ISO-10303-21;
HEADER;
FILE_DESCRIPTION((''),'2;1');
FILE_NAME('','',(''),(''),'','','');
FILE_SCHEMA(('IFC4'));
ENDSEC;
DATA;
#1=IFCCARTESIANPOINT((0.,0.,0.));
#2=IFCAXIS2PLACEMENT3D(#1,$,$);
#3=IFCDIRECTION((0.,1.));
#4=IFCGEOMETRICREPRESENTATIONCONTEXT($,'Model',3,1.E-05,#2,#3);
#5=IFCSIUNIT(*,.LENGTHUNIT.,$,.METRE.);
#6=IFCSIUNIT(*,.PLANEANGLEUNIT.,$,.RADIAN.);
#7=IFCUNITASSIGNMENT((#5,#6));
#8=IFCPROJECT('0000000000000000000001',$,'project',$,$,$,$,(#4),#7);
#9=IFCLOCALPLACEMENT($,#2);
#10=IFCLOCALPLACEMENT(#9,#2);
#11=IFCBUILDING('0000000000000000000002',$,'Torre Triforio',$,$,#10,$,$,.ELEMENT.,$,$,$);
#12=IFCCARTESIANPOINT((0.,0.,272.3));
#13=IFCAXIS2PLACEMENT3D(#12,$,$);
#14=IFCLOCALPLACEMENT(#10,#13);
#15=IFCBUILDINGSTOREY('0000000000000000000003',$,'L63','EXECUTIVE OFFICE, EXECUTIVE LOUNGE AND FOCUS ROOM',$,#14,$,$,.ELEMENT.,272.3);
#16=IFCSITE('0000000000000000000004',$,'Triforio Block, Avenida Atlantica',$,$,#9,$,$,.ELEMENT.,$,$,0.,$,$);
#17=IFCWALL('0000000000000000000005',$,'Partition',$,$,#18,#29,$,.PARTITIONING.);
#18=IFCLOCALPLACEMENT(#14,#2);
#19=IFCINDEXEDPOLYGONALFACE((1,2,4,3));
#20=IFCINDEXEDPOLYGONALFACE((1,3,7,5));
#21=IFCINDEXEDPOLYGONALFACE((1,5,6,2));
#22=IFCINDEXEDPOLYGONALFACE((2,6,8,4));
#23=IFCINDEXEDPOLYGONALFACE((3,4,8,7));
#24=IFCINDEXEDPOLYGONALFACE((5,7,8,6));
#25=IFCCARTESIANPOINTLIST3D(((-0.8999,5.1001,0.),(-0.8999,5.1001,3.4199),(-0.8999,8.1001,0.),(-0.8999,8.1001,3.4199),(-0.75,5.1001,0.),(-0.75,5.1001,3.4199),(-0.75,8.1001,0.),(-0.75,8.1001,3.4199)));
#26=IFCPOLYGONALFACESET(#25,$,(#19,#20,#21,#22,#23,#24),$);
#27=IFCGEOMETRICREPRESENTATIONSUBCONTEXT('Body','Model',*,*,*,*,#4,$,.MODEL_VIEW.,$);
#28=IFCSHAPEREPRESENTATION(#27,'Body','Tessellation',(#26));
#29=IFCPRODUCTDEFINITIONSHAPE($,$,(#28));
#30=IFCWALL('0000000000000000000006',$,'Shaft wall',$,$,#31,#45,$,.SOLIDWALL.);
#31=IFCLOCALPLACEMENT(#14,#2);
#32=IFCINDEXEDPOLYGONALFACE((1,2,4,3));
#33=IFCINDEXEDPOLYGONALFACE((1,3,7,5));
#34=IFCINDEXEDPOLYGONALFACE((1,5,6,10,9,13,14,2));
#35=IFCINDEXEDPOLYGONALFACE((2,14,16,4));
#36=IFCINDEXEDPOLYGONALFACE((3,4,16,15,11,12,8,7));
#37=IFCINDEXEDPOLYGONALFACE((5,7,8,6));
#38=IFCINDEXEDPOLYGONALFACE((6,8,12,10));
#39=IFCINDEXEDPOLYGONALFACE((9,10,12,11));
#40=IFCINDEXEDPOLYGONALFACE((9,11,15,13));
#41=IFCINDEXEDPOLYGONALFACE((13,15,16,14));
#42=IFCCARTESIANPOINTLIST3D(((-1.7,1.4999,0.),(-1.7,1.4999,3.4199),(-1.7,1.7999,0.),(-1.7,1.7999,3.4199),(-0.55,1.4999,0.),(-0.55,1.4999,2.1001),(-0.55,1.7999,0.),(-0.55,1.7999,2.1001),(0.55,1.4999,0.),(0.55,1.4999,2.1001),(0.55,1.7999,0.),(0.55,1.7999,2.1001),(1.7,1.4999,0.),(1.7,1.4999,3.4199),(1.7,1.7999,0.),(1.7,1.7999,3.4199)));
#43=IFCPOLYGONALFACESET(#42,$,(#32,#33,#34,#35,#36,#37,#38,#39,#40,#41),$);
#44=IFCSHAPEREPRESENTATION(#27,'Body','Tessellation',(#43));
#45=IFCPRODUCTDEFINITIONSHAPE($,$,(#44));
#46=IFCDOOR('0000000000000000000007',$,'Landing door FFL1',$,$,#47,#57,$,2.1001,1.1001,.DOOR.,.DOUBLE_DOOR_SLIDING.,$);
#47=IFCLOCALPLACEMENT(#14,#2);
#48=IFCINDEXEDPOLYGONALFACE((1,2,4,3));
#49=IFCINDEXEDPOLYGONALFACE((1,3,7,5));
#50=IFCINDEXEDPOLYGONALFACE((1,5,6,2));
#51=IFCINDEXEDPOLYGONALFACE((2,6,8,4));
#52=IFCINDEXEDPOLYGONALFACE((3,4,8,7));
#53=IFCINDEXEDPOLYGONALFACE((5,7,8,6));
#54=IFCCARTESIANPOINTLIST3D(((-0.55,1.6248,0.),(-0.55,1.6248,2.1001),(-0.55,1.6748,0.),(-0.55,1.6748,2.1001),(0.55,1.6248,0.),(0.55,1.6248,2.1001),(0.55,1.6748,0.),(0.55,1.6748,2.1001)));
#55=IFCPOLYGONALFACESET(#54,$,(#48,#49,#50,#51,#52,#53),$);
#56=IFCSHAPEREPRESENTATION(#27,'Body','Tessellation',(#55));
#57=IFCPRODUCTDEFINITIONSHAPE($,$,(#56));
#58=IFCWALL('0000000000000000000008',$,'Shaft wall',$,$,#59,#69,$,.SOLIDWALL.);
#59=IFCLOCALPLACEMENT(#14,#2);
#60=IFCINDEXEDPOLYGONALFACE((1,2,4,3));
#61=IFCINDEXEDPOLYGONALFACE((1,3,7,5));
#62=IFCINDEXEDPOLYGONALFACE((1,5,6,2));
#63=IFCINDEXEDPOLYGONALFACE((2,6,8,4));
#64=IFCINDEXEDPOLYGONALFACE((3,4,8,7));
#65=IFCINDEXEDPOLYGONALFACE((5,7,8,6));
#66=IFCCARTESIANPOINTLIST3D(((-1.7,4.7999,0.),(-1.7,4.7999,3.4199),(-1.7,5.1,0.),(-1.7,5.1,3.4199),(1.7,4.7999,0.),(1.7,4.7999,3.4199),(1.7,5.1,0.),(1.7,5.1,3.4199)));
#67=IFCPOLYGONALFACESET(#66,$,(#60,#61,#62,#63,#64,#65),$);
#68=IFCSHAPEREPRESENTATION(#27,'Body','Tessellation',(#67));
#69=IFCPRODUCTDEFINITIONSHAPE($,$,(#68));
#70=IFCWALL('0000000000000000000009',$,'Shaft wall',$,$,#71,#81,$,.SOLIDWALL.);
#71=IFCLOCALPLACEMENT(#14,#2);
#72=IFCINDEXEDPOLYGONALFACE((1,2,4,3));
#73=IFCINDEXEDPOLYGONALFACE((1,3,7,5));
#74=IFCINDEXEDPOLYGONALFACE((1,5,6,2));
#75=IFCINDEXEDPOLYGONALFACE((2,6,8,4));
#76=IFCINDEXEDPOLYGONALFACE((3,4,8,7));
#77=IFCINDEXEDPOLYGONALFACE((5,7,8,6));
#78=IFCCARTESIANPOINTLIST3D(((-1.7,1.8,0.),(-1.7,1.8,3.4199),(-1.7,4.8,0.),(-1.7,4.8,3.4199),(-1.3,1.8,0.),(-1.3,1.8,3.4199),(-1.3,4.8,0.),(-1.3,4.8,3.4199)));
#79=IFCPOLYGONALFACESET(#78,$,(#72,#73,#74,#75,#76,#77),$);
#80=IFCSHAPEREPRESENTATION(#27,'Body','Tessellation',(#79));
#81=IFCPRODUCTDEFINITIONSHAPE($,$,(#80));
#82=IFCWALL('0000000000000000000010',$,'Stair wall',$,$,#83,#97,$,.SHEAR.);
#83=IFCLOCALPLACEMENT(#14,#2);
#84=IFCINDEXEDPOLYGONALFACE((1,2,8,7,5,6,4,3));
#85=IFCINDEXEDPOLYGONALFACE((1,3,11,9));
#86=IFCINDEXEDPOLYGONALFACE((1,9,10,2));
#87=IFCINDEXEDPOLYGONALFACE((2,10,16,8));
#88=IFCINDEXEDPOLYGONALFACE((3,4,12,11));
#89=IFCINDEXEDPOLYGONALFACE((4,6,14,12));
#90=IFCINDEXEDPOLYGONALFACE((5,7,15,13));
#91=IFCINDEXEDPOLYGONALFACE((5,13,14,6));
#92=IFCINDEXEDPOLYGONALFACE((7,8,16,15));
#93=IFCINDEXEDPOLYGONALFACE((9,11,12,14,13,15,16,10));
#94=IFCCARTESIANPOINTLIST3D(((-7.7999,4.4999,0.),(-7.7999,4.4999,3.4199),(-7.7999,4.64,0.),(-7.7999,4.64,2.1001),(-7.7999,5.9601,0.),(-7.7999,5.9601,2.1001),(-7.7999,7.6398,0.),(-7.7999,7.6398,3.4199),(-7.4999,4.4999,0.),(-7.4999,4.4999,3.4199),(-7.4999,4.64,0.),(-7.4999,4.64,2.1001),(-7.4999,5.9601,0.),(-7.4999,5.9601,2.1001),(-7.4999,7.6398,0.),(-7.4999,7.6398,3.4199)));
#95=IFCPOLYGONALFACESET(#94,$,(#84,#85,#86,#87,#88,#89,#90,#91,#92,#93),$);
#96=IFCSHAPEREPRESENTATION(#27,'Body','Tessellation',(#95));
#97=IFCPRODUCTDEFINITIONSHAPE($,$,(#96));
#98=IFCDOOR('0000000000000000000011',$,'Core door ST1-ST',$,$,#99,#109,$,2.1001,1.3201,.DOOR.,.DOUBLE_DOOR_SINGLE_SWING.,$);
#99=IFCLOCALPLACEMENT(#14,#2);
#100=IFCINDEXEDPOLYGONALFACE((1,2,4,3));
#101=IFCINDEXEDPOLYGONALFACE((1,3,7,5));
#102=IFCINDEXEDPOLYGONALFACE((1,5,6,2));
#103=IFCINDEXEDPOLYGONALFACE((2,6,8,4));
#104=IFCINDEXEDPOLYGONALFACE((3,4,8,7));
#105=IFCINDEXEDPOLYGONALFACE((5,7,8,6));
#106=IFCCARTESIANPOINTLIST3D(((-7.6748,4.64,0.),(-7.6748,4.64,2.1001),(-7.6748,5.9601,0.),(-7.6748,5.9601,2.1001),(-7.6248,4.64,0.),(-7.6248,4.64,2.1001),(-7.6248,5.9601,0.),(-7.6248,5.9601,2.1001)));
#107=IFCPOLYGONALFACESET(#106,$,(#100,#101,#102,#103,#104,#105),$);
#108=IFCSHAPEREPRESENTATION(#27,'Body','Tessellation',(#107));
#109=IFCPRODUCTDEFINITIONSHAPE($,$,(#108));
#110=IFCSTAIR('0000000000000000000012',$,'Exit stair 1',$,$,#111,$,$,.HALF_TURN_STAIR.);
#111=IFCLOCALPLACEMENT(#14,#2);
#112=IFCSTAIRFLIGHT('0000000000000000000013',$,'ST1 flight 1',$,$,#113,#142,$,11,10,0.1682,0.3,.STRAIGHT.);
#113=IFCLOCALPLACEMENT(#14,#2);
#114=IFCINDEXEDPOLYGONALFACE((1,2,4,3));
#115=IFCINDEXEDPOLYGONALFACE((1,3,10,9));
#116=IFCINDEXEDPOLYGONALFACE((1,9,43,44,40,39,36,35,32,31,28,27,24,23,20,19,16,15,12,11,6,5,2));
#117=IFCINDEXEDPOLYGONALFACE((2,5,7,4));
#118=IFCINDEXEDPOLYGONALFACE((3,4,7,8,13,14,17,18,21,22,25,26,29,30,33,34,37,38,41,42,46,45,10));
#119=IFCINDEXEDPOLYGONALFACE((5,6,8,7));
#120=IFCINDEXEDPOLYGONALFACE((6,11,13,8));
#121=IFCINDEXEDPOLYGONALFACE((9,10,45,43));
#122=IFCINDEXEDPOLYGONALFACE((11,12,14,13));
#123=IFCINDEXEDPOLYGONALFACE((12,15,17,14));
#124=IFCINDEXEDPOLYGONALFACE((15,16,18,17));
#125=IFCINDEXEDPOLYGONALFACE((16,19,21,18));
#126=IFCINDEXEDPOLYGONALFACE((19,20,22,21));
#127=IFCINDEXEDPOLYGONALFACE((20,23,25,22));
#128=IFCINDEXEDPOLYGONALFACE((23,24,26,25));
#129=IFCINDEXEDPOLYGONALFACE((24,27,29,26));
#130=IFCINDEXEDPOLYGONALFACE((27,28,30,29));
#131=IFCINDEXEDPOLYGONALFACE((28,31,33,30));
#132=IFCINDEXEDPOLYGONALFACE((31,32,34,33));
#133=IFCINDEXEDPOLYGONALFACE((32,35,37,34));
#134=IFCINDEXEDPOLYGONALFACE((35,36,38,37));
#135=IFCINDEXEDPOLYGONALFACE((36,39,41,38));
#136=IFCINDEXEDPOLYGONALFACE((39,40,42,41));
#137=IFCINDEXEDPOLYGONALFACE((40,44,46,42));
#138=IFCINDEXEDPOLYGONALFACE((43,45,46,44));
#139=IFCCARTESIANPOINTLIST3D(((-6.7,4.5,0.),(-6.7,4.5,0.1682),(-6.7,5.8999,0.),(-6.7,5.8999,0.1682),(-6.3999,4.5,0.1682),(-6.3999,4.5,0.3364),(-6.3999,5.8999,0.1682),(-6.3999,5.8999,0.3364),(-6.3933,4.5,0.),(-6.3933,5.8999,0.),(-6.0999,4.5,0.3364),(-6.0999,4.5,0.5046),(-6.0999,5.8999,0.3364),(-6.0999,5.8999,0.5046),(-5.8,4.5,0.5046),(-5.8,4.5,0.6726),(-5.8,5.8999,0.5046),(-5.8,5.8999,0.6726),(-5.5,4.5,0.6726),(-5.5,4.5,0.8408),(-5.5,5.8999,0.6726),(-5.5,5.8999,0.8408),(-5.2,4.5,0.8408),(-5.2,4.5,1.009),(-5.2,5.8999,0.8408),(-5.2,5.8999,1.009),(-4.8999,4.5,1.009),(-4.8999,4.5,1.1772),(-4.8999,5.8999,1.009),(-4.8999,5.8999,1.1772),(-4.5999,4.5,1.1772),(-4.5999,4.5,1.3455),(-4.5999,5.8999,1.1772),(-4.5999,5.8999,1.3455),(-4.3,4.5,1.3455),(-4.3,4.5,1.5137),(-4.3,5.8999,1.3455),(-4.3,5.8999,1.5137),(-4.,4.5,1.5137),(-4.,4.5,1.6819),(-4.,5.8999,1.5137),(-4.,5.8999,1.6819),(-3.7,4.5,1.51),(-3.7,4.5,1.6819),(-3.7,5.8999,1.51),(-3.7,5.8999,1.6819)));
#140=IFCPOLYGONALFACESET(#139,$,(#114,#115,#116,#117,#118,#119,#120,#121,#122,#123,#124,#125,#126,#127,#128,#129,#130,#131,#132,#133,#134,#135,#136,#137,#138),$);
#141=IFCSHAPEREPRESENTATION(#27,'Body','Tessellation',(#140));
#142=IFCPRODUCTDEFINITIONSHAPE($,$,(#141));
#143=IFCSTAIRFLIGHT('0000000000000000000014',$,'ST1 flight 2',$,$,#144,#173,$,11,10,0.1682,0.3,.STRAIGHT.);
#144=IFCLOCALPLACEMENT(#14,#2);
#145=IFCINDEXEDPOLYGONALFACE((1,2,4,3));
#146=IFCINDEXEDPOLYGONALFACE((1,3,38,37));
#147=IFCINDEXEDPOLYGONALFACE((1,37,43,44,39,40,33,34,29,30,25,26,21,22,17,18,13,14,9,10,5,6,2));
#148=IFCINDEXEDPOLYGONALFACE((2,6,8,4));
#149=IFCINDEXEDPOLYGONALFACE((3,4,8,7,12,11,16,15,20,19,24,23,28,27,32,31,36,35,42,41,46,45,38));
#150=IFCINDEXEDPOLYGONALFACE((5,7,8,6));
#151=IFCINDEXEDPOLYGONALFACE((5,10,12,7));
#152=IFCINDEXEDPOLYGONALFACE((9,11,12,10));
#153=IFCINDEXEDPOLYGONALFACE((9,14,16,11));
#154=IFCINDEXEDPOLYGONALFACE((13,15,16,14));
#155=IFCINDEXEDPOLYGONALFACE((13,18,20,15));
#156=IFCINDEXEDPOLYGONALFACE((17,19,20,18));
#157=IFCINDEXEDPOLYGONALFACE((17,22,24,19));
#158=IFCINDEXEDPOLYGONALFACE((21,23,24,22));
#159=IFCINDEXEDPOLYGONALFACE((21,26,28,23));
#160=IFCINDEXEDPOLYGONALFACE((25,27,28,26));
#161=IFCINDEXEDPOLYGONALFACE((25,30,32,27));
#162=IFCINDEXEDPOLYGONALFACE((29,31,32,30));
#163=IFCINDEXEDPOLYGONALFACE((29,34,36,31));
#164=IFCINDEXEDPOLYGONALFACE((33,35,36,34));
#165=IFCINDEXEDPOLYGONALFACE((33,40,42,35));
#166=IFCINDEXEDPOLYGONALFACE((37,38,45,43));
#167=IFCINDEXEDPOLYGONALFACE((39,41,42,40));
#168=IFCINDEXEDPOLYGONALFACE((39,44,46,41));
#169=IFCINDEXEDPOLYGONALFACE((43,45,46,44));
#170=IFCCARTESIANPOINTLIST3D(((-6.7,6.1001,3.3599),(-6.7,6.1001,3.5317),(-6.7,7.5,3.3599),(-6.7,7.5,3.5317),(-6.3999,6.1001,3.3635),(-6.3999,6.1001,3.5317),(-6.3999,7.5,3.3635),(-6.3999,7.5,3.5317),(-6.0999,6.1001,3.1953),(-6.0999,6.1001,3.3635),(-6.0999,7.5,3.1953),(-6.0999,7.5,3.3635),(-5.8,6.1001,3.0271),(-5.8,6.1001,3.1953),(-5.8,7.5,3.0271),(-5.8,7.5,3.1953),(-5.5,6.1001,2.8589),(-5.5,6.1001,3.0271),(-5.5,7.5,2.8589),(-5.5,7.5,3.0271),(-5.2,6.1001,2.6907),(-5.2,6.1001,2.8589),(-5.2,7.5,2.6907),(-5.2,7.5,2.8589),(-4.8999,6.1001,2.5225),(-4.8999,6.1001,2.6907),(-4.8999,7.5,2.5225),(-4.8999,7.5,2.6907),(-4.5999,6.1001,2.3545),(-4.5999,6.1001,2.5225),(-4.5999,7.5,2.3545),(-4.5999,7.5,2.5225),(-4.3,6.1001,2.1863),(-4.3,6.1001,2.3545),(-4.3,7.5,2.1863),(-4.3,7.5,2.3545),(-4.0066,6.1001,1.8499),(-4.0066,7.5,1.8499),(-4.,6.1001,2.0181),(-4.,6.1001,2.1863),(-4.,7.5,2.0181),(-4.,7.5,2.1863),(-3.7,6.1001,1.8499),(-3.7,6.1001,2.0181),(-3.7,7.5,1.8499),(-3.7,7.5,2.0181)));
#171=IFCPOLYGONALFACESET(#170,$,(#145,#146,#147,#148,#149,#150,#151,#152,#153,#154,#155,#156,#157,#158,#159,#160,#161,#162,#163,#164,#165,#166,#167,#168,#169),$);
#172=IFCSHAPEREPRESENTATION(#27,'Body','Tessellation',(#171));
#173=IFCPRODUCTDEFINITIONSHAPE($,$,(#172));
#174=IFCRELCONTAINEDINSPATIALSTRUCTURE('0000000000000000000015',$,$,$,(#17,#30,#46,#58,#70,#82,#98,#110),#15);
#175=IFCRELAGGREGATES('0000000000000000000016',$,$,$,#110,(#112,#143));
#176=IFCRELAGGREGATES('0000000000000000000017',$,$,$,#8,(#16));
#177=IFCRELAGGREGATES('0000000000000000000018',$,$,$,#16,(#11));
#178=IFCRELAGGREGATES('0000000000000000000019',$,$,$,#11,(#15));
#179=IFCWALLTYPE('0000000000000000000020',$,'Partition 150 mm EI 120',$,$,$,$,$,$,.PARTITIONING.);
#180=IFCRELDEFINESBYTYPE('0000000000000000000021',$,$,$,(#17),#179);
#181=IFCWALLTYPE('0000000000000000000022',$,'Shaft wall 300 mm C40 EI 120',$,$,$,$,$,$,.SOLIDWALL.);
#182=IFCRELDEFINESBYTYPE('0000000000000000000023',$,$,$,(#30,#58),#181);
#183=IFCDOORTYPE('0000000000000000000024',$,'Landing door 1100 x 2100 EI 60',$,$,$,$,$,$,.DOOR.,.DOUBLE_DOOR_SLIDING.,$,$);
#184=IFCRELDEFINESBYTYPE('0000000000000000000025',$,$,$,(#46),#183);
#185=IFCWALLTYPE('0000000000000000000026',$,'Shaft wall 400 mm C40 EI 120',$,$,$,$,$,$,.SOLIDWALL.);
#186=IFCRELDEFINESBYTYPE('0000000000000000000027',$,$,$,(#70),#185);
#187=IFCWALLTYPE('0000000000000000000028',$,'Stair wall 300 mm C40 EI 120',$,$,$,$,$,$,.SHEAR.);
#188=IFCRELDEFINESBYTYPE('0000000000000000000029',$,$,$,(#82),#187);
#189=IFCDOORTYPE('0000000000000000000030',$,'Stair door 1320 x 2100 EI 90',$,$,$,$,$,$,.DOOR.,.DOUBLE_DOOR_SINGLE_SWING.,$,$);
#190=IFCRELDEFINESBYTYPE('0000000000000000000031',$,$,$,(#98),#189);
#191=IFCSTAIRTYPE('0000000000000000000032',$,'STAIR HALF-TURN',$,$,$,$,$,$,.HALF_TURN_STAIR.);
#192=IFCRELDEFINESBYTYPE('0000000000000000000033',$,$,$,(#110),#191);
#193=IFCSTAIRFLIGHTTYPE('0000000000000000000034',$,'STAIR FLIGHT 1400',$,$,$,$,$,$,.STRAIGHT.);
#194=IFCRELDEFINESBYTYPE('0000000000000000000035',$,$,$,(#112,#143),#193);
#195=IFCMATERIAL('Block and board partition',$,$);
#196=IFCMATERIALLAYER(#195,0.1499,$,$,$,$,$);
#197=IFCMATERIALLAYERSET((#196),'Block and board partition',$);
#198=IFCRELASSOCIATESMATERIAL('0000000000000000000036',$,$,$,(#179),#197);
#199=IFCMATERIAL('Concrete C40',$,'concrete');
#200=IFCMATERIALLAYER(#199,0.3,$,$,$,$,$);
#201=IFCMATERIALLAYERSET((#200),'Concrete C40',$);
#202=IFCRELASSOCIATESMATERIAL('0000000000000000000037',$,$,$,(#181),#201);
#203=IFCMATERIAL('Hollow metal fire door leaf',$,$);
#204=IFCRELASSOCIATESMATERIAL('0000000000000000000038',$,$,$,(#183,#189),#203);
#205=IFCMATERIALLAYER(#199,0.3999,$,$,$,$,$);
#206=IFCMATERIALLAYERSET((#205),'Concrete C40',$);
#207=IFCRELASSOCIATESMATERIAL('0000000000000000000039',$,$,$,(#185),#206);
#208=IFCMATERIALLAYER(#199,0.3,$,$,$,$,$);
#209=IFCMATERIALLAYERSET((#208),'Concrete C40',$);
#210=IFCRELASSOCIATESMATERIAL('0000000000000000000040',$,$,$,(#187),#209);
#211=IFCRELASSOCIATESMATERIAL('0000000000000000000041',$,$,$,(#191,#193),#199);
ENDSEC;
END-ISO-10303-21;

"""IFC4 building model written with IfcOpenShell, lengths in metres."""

from ifc_helpers import new_model, si_unit, direction, frame, frame_2d, origin, place, context, subcontext, project, spatial, polyline, rectangle, outline, extrude, material, layer, layer_set, type_object, element, fill, aggregate, save


model = new_model("IFC4")

# Units and contexts
model_context = context("Model", 3, precision=1e-05, world=origin(), true_north=direction((0.0, 1.0)))
body_context = subcontext(model_context, "Body", "Model", "MODEL_VIEW")
ifc_project = project(units=[si_unit("LENGTHUNIT", "METRE"), si_unit("PLANEANGLEUNIT", "RADIAN")], contexts=[model_context])

# Site, building, storey
site_placement = place(None, origin())
site = spatial("IfcSite", under=ifc_project, at=site_placement, Name="Triforio Block, Avenida Atlantica", CompositionType="ELEMENT", RefElevation=0.0)
building_placement = place(site_placement, origin())
building = spatial("IfcBuilding", under=site, at=building_placement, Name="Torre Triforio", CompositionType="ELEMENT")
storey_placement = place(building_placement, frame((0.0, 0.0, 272.3)))
storey = spatial("IfcBuildingStorey", under=building, at=storey_placement, Name="L63", Description="EXECUTIVE OFFICE, EXECUTIVE LOUNGE AND FOCUS ROOM", CompositionType="ELEMENT", Elevation=272.3)

# Shared definitions
ifc_material_1 = material(Name="Concrete C40", Category="concrete")

# Wall
ifc_material_2 = material(Name="Block and board partition")
ifc_layer_1 = layer(ifc_material_2, 0.1499)
ifc_layer_set_1 = layer_set([ifc_layer_1], Name="Block and board partition")
wall_type_1 = type_object("IfcWallType", Name="Partition 150 mm EI 120", PredefinedType="PARTITIONING", material=ifc_layer_set_1)
wall_1_placement = place(storey_placement, frame((-0.825, 5.1001, 0.0), z_axis=(0.0, 0.0, 1.0), x_axis=(0.0, 1.0, 0.0)))
element("IfcWall", 1, at=wall_1_placement, inside=storey, type_object=wall_type_1, Name="Partition", PredefinedType="PARTITIONING", context=body_context, shape_type="SweptSolid", body=[
    extrude(rectangle(XDim=3.0, YDim=0.1499, at=frame_2d((1.5, 0.0))), origin(), (0.0, 0.0, 1.0), 3.4199),
])

# Wall, opening, door
ifc_layer_2 = layer(ifc_material_1, 0.3)
ifc_layer_set_2 = layer_set([ifc_layer_2], Name="Concrete C40")
wall_type_2 = type_object("IfcWallType", Name="Shaft wall 300 mm C40 EI 120", PredefinedType="SOLIDWALL", material=ifc_layer_set_2)
wall_2_placement = place(storey_placement, frame((-1.7, 1.6499, 0.0), z_axis=(0.0, 0.0, 1.0), x_axis=(1.0, 0.0, 0.0)))
wall_2 = element("IfcWall", 2, at=wall_2_placement, inside=storey, type_object=wall_type_2, Name="Shaft wall", PredefinedType="SOLIDWALL", context=body_context, shape_type="SweptSolid", body=[
    extrude(rectangle(XDim=3.3999, YDim=0.3, at=frame_2d((1.7, 0.0))), origin(), (0.0, 0.0, 1.0), 3.4199),
])
opening_1_placement = place(wall_2_placement, frame((1.1499, 0.0, 0.0)))
opening_1 = element("IfcOpeningElement", 3, at=opening_1_placement, cuts=wall_2, PredefinedType="OPENING", context=body_context, shape_type="SweptSolid", body=[
    extrude(rectangle(XDim=1.1001, YDim=2.1001, at=frame_2d((0.55, 1.05))), frame((0.0, 0.1599, 0.0), z_axis=(0.0, -1.0, 0.0), x_axis=(1.0, 0.0, 0.0)), (0.0, 0.0, 1.0), 0.3201),
])
ifc_material_3 = material(Name="Hollow metal fire door leaf")
door_type_1 = type_object("IfcDoorType", Name="Landing door 1100 x 2100 EI 60", OperationType="DOUBLE_DOOR_SLIDING", PredefinedType="DOOR", material=ifc_material_3)
door_1_placement = place(opening_1_placement, origin())
door_1 = element("IfcDoor", 4, at=door_1_placement, inside=storey, type_object=door_type_1, Name="Landing door FFL1", OperationType="DOUBLE_DOOR_SLIDING", OverallHeight=2.1001, OverallWidth=1.1001, PredefinedType="DOOR", context=body_context, shape_type="SweptSolid", body=[
    extrude(rectangle(XDim=1.1001, YDim=2.1001, at=frame_2d((0.55, 1.05))), frame((0.0, 0.0249, 0.0), z_axis=(0.0, -1.0, 0.0), x_axis=(1.0, 0.0, 0.0)), (0.0, 0.0, 1.0), 0.05),
])
fill(opening_1, door_1)

# Walls
wall_3_placement = place(storey_placement, frame((-1.7, 4.95, 0.0), z_axis=(0.0, 0.0, 1.0), x_axis=(1.0, 0.0, 0.0)))
element("IfcWall", 5, at=wall_3_placement, inside=storey, type_object=wall_type_2, Name="Shaft wall", PredefinedType="SOLIDWALL", context=body_context, shape_type="SweptSolid", body=[
    extrude(rectangle(XDim=3.3999, YDim=0.3, at=frame_2d((1.7, 0.0))), origin(), (0.0, 0.0, 1.0), 3.4199),
])
ifc_layer_3 = layer(ifc_material_1, 0.3999)
ifc_layer_set_3 = layer_set([ifc_layer_3], Name="Concrete C40")
wall_type_3 = type_object("IfcWallType", Name="Shaft wall 400 mm C40 EI 120", PredefinedType="SOLIDWALL", material=ifc_layer_set_3)
wall_4_placement = place(storey_placement, frame((-1.5, 1.8, 0.0), z_axis=(0.0, 0.0, 1.0), x_axis=(0.0, 1.0, 0.0)))
element("IfcWall", 6, at=wall_4_placement, inside=storey, type_object=wall_type_3, Name="Shaft wall", PredefinedType="SOLIDWALL", context=body_context, shape_type="SweptSolid", body=[
    extrude(rectangle(XDim=3.0, YDim=0.3999, at=frame_2d((1.5, 0.0))), origin(), (0.0, 0.0, 1.0), 3.4199),
])

# Wall, opening, door
ifc_layer_4 = layer(ifc_material_1, 0.3)
ifc_layer_set_4 = layer_set([ifc_layer_4], Name="Concrete C40")
wall_type_4 = type_object("IfcWallType", Name="Stair wall 300 mm C40 EI 120", PredefinedType="SHEAR", material=ifc_layer_set_4)
wall_5_placement = place(storey_placement, frame((-7.6499, 4.5, 0.0), z_axis=(0.0, 0.0, 1.0), x_axis=(0.0, 1.0, 0.0)))
wall_5 = element("IfcWall", 7, at=wall_5_placement, inside=storey, type_object=wall_type_4, Name="Stair wall", PredefinedType="SHEAR", context=body_context, shape_type="SweptSolid", body=[
    extrude(rectangle(XDim=3.1399, YDim=0.3, at=frame_2d((1.5698, 0.0))), origin(), (0.0, 0.0, 1.0), 3.4199),
])
opening_2_placement = place(wall_5_placement, frame((0.1399, 0.0, 0.0)))
opening_2 = element("IfcOpeningElement", 8, at=opening_2_placement, cuts=wall_5, PredefinedType="OPENING", context=body_context, shape_type="SweptSolid", body=[
    extrude(rectangle(XDim=1.3201, YDim=2.1001, at=frame_2d((0.6602, 1.05))), frame((0.0, 0.1599, 0.0), z_axis=(0.0, -1.0, 0.0), x_axis=(1.0, 0.0, 0.0)), (0.0, 0.0, 1.0), 0.3201),
])
door_type_2 = type_object("IfcDoorType", Name="Stair door 1320 x 2100 EI 90", OperationType="DOUBLE_DOOR_SINGLE_SWING", PredefinedType="DOOR", material=ifc_material_3)
door_2_placement = place(opening_2_placement, origin())
door_2 = element("IfcDoor", 9, at=door_2_placement, inside=storey, type_object=door_type_2, Name="Core door ST1-ST", OperationType="DOUBLE_DOOR_SINGLE_SWING", OverallHeight=2.1001, OverallWidth=1.3201, PredefinedType="DOOR", context=body_context, shape_type="SweptSolid", body=[
    extrude(rectangle(XDim=1.3201, YDim=2.1001, at=frame_2d((0.6602, 1.05))), frame((0.0, 0.0249, 0.0), z_axis=(0.0, -1.0, 0.0), x_axis=(1.0, 0.0, 0.0)), (0.0, 0.0, 1.0), 0.05),
])
fill(opening_2, door_2)

# Stair, stair flights
stair_type = type_object("IfcStairType", Name="STAIR HALF-TURN", PredefinedType="HALF_TURN_STAIR", material=ifc_material_1)
stair_placement = place(storey_placement, origin())
stair = element("IfcStair", 10, at=stair_placement, inside=storey, type_object=stair_type, Name="Exit stair 1", PredefinedType="HALF_TURN_STAIR")
stair_flight_type = type_object("IfcStairFlightType", Name="STAIR FLIGHT 1400", PredefinedType="STRAIGHT", material=ifc_material_1)
stair_flight_1_placement = place(storey_placement, frame((-6.7, 5.2, 0.0), z_axis=(0.0, 0.0, 1.0), x_axis=(1.0, 0.0, 0.0)))
stair_flight_1 = element("IfcStairFlight", 11, at=stair_flight_1_placement, type_object=stair_flight_type, Name="ST1 flight 1", NumberOfRisers=11, NumberOfTreads=10, PredefinedType="STRAIGHT", RiserHeight=0.1682, TreadLength=0.3, context=body_context, shape_type="SweptSolid", body=[
    extrude(outline(polyline([(0.0, 0.0), (0.0, 0.1682), (0.3, 0.1682), (0.3, 0.3364), (0.6001, 0.3364), (0.6001, 0.5046), (0.8999, 0.5046), (0.8999, 0.6726), (1.2, 0.6726), (1.2, 0.8408), (1.5, 0.8408), (1.5, 1.009), (1.8, 1.009), (1.8, 1.1772), (2.1001, 1.1772), (2.1001, 1.3455), (2.3999, 1.3455), (2.3999, 1.5137), (2.7, 1.5137), (2.7, 1.6819), (3.0, 1.6819), (3.0, 1.8501), (3.0, 1.51), (0.3066, 0.0), (0.0, 0.0)])), frame((0.0, 0.7, 0.0), z_axis=(0.0, -1.0, 0.0), x_axis=(1.0, 0.0, 0.0)), (0.0, 0.0, 1.0), 1.3999),
])
stair_flight_2_placement = place(storey_placement, frame((-3.7, 6.8, 1.8499), z_axis=(0.0, 0.0, 1.0), x_axis=(-1.0, 0.0, 0.0)))
stair_flight_2 = element("IfcStairFlight", 12, at=stair_flight_2_placement, type_object=stair_flight_type, Name="ST1 flight 2", NumberOfRisers=11, NumberOfTreads=10, PredefinedType="STRAIGHT", RiserHeight=0.1682, TreadLength=0.3, context=body_context, shape_type="SweptSolid", body=[
    extrude(outline(polyline([(0.0, 0.0), (0.0, 0.1682), (0.3, 0.1682), (0.3, 0.3364), (0.6001, 0.3364), (0.6001, 0.5046), (0.8999, 0.5046), (0.8999, 0.6726), (1.2, 0.6726), (1.2, 0.8408), (1.5, 0.8408), (1.5, 1.009), (1.8, 1.009), (1.8, 1.1772), (2.1001, 1.1772), (2.1001, 1.3455), (2.3999, 1.3455), (2.3999, 1.5137), (2.7, 1.5137), (2.7, 1.6819), (3.0, 1.6819), (3.0, 1.8501), (3.0, 1.51), (0.3066, 0.0), (0.0, 0.0)])), frame((0.0, 0.7, 0.0), z_axis=(0.0, -1.0, 0.0), x_axis=(1.0, 0.0, 0.0)), (0.0, 0.0, 1.0), 1.3999),
])
aggregate(stair, [stair_flight_1, stair_flight_2])

save(model, "model.ifc")
